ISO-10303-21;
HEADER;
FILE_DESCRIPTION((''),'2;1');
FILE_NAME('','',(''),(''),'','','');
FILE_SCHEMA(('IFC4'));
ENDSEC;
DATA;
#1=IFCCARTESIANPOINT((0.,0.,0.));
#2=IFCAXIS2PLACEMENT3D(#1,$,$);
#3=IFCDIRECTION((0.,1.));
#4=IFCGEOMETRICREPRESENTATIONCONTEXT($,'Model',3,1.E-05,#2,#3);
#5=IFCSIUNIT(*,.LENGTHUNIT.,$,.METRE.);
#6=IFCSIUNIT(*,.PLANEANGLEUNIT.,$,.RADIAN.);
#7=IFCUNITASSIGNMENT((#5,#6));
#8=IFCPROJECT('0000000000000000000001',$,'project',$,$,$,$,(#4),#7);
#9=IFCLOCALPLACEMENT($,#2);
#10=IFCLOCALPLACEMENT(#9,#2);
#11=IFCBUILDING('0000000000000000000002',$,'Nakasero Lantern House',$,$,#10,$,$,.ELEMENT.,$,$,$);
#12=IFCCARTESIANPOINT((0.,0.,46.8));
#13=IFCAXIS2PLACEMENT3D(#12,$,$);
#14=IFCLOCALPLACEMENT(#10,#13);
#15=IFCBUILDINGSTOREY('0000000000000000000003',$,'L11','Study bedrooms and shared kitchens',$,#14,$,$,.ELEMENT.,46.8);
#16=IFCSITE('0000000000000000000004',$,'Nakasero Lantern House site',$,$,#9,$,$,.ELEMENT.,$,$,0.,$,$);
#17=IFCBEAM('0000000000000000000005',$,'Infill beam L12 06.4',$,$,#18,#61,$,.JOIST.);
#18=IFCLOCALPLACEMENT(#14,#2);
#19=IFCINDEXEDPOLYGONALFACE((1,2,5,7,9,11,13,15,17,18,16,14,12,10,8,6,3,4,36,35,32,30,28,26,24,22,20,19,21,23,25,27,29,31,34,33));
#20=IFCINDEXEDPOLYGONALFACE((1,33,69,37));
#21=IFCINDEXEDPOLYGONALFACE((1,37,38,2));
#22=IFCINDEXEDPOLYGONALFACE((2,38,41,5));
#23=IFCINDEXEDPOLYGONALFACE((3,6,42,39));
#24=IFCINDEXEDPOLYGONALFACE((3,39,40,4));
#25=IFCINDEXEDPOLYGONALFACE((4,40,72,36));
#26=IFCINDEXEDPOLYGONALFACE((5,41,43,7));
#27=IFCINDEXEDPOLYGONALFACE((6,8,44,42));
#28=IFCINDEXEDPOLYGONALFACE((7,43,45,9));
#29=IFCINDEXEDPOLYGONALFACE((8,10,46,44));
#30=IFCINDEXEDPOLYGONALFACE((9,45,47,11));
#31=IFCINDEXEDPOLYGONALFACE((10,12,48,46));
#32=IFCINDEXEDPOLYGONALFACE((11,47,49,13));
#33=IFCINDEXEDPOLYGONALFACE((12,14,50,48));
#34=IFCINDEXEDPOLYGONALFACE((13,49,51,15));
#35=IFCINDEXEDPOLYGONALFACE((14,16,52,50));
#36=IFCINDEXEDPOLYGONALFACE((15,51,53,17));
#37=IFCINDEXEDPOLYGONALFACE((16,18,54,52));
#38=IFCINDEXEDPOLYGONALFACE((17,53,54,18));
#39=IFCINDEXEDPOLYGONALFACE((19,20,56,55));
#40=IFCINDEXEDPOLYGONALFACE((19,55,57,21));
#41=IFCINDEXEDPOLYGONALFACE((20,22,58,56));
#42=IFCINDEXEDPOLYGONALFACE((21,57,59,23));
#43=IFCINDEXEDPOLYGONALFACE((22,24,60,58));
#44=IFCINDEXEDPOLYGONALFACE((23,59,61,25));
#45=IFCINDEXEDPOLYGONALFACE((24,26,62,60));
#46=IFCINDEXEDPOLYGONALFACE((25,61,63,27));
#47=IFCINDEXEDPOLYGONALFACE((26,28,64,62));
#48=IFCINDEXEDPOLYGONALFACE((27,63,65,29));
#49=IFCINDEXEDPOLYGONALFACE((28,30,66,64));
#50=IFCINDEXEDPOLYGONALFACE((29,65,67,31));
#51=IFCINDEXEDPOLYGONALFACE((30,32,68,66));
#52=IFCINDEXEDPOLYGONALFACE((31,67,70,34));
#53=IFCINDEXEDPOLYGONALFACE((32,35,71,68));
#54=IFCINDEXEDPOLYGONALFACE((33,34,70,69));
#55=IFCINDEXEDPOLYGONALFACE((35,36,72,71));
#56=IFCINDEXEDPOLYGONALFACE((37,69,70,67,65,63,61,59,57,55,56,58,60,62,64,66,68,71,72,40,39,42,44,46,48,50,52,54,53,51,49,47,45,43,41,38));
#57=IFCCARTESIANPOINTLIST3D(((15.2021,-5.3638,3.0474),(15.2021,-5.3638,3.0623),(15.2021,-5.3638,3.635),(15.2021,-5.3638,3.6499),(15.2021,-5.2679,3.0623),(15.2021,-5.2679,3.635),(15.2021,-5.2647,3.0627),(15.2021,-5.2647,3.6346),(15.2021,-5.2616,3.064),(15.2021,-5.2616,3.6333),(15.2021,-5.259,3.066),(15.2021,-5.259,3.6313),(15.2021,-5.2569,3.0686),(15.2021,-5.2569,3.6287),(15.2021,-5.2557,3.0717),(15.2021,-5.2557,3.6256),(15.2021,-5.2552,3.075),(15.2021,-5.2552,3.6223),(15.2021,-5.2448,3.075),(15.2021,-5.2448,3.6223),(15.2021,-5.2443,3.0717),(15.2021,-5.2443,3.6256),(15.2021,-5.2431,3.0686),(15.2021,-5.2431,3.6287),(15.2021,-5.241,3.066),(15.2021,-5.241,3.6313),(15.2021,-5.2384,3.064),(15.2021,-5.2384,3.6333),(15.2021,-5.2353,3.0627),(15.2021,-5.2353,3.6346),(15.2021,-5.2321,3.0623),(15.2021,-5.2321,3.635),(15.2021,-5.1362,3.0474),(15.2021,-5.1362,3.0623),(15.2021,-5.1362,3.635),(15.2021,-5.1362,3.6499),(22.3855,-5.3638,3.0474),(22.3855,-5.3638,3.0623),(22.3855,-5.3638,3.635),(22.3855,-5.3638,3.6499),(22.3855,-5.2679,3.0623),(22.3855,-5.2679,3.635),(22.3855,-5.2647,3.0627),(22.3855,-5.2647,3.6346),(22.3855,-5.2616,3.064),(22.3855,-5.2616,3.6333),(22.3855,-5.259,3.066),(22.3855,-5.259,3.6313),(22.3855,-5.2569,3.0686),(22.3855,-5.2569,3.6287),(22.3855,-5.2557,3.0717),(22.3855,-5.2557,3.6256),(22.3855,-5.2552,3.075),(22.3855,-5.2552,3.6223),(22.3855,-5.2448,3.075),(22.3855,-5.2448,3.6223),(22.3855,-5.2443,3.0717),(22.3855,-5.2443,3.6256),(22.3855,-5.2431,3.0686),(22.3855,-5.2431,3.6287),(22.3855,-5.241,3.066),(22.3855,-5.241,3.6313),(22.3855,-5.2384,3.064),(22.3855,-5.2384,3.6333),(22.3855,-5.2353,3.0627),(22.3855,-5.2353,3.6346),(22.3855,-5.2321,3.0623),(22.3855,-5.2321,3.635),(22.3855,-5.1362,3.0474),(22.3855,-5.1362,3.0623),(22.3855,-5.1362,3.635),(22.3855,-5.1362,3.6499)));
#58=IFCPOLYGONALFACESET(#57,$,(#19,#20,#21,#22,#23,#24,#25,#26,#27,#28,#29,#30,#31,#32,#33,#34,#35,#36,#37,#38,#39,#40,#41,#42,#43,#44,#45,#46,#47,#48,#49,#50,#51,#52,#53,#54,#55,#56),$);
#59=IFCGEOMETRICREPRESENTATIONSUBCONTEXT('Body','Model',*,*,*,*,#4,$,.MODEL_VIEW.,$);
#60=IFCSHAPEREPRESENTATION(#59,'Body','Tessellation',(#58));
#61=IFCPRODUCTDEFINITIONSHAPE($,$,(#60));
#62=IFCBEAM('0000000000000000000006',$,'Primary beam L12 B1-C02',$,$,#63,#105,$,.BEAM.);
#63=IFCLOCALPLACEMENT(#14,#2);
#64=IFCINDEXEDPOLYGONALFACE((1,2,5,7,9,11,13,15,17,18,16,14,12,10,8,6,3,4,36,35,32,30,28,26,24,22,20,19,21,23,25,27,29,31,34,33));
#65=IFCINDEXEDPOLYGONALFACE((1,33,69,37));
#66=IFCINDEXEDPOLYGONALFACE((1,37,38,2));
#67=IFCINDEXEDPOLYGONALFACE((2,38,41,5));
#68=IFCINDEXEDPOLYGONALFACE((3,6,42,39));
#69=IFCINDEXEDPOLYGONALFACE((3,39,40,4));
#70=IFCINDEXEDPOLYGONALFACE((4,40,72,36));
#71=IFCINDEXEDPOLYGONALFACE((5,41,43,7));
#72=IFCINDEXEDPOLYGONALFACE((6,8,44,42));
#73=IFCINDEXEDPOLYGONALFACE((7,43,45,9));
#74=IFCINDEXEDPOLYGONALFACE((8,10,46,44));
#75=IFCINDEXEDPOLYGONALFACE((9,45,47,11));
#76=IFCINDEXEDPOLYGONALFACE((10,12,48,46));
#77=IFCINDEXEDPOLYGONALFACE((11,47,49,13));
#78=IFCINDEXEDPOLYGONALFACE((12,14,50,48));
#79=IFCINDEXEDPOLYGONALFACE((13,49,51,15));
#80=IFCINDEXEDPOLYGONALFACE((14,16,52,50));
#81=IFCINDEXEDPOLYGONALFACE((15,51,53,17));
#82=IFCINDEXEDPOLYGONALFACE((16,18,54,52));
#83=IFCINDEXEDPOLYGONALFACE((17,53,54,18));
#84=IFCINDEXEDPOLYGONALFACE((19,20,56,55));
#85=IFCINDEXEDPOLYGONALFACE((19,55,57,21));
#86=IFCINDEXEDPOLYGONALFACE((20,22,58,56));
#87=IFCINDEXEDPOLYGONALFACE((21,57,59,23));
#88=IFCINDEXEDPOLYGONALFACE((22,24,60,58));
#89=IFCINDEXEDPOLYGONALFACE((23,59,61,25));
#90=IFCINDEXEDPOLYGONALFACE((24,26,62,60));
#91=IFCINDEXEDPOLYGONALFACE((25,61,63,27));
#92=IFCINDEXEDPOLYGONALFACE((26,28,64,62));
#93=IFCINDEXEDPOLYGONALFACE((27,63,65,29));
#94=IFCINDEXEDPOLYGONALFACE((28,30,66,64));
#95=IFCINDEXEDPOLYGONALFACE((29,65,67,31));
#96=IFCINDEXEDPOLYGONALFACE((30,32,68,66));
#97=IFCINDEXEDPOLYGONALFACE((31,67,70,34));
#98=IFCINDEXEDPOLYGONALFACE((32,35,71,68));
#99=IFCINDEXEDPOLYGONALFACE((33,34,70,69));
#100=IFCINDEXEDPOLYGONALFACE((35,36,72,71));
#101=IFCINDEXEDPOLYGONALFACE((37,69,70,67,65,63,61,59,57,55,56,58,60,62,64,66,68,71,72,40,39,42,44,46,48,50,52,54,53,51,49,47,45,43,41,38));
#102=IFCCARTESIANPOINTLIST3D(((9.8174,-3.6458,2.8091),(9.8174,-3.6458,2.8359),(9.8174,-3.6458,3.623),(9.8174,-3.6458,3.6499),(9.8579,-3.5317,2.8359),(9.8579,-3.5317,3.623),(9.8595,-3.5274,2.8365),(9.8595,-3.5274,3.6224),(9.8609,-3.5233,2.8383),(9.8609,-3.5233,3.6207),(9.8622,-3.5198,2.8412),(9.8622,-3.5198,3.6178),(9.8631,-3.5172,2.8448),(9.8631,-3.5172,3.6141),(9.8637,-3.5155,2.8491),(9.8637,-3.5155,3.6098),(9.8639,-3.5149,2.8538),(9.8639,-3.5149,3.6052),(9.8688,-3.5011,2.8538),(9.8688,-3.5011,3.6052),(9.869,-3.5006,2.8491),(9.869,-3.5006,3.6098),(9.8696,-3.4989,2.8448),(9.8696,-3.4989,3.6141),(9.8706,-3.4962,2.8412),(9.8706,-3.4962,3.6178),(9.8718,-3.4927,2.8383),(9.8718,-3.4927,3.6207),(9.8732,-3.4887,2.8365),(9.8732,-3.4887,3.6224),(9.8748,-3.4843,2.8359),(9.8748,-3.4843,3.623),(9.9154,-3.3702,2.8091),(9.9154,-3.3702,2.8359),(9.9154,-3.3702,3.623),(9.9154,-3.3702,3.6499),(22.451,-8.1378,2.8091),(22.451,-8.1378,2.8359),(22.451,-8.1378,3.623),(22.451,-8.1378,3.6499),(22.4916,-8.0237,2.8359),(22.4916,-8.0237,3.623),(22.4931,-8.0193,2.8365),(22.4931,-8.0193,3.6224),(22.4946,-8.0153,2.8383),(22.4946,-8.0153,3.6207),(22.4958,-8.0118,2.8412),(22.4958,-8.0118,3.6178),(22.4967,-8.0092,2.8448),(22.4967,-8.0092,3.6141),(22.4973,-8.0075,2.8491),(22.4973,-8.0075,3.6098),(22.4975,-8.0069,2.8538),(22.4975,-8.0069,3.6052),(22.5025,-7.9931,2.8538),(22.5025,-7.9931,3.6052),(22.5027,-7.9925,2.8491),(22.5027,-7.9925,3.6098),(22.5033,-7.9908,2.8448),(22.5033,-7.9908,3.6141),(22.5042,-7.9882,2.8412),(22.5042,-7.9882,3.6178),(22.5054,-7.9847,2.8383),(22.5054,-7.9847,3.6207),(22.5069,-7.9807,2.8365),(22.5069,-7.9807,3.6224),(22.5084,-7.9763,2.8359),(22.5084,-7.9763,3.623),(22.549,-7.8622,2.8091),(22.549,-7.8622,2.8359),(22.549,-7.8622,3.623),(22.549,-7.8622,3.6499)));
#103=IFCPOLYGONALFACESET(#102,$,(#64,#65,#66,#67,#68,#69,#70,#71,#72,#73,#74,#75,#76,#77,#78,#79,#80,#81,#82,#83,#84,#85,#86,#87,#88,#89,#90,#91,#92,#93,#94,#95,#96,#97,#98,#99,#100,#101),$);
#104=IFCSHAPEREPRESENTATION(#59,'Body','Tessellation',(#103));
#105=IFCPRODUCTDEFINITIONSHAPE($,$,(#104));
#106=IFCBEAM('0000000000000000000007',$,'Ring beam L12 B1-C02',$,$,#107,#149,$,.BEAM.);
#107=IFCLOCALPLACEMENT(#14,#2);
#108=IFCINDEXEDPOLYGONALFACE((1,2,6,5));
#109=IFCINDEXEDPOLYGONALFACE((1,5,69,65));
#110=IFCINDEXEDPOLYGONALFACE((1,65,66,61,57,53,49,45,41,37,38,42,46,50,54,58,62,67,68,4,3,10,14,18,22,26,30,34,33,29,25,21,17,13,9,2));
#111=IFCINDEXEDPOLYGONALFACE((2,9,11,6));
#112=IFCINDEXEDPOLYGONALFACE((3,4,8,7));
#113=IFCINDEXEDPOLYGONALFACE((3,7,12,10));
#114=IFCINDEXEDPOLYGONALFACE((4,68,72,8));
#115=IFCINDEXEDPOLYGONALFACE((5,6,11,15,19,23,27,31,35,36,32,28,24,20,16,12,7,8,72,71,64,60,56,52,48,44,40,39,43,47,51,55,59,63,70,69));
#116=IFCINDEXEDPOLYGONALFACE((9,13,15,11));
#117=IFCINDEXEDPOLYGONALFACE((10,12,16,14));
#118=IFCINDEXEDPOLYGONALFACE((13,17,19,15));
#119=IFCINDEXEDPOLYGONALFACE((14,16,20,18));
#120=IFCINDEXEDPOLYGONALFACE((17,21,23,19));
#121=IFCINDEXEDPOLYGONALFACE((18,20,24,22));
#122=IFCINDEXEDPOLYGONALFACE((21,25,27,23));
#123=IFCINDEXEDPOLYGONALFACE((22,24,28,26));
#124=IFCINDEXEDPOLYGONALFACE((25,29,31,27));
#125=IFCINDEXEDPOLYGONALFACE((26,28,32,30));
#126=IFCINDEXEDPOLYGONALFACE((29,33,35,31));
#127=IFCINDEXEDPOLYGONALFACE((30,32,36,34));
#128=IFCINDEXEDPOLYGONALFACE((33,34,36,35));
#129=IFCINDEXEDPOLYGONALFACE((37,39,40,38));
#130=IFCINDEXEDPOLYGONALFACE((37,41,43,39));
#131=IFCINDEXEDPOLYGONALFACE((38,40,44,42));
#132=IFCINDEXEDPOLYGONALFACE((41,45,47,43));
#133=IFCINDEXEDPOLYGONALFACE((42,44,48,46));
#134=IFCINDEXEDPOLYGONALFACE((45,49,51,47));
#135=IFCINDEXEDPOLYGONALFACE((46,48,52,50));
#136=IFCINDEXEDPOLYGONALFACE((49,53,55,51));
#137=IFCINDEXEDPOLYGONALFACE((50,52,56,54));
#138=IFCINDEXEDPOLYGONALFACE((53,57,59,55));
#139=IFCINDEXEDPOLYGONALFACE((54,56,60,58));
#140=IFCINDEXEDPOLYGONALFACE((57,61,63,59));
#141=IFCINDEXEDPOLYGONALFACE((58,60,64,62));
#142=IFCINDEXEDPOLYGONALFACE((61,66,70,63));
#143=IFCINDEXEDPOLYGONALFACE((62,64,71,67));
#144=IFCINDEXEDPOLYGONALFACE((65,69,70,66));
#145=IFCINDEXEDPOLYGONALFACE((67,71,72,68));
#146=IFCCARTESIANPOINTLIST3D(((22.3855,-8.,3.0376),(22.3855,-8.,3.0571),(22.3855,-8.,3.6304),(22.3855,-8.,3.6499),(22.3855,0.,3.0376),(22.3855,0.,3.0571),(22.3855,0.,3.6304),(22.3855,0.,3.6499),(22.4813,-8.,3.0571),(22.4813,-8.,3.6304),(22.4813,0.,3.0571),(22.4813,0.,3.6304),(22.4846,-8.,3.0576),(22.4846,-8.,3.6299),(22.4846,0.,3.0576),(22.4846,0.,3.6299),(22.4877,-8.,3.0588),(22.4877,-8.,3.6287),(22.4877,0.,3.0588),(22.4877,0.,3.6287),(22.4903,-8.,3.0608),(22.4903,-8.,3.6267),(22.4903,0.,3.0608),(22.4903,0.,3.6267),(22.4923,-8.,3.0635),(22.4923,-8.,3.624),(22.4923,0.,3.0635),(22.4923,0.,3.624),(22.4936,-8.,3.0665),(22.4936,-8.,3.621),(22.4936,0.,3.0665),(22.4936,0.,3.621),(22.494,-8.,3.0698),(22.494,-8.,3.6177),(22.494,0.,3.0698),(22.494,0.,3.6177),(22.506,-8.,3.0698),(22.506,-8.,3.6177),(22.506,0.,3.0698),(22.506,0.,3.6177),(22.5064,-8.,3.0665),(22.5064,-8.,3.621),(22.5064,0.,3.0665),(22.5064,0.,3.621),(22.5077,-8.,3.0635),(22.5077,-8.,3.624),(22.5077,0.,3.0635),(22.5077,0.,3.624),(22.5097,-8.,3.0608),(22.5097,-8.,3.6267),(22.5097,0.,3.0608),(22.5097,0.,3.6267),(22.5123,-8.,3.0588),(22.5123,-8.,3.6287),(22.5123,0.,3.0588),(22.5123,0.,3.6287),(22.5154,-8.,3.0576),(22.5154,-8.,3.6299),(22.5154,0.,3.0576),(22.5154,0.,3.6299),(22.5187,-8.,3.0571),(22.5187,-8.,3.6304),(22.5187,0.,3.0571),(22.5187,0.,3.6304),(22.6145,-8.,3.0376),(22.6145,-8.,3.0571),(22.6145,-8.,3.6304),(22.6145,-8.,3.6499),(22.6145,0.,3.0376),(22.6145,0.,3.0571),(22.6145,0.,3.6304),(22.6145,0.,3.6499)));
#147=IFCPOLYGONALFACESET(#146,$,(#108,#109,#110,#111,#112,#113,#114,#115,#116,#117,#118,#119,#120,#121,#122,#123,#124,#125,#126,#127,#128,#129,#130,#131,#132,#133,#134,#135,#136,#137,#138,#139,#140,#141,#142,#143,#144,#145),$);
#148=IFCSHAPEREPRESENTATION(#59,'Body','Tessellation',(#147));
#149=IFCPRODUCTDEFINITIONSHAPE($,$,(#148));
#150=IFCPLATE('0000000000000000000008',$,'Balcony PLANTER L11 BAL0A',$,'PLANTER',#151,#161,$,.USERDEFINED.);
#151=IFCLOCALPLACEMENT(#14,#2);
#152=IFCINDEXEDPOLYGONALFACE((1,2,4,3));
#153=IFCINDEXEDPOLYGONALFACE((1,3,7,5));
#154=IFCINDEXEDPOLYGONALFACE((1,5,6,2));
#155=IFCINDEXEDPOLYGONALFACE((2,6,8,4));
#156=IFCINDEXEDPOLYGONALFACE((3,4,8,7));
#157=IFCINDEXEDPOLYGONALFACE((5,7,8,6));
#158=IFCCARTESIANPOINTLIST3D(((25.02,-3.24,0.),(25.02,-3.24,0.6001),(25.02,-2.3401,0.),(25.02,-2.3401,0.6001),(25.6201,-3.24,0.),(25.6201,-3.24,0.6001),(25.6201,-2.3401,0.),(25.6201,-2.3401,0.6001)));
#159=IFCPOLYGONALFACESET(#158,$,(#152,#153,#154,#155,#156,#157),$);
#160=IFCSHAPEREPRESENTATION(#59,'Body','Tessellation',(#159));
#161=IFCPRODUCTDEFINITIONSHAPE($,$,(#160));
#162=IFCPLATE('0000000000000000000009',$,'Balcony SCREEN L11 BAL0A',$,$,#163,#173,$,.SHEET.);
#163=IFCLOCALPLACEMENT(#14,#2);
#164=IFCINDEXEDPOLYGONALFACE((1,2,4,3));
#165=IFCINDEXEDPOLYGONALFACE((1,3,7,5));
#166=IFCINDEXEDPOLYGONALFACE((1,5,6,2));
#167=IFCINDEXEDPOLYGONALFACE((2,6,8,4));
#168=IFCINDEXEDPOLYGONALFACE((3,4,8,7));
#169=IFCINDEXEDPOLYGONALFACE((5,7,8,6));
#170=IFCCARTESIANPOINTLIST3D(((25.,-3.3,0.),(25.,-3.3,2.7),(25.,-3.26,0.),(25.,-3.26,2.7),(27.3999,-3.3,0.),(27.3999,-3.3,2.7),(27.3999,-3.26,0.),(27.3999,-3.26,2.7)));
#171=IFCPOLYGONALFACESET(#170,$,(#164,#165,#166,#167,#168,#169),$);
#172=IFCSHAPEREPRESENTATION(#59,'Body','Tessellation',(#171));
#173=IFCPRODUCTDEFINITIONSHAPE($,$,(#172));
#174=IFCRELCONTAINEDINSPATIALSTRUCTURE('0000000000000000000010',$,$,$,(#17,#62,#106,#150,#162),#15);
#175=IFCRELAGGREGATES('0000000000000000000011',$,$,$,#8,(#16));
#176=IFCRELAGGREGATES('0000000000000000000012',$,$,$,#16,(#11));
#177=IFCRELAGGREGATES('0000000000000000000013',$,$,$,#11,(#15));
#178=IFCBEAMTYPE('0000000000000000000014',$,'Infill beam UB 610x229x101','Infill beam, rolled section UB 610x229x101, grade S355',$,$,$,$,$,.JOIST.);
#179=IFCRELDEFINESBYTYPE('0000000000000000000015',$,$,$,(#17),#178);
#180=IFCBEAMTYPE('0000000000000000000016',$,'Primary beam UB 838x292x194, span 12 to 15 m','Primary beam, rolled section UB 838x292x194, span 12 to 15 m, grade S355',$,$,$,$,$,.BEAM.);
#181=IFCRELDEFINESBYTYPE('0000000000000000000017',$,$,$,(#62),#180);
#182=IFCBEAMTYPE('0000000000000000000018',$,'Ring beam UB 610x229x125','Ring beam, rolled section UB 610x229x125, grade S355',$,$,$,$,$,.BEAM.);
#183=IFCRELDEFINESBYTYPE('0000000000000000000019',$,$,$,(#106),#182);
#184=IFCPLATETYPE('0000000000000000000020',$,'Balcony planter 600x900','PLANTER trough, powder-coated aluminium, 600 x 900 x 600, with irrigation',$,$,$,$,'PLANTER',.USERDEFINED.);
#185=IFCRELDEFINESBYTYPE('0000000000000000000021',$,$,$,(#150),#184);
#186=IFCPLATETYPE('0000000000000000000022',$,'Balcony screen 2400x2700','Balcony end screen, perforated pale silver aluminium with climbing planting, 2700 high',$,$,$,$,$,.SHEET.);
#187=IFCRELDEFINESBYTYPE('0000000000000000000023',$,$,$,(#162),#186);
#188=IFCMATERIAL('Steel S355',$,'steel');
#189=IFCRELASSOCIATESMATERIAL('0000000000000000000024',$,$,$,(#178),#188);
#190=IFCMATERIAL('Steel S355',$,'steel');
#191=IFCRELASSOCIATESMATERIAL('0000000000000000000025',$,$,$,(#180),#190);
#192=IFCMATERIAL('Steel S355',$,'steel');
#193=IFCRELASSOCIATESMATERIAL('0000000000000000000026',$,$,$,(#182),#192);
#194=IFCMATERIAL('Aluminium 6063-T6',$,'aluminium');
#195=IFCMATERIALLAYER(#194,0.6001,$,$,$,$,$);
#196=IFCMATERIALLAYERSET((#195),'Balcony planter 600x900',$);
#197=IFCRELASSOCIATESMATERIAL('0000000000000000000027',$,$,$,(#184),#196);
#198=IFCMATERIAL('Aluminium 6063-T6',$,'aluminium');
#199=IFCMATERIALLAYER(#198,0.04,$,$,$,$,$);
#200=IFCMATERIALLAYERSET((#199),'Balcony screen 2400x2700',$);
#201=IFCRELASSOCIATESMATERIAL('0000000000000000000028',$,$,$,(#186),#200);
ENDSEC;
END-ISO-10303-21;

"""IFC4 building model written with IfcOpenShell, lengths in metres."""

from ifc_helpers import new_model, si_unit, direction, frame, origin, origin_2d, place, context, subcontext, project, spatial, rectangle, i_section, extrude, material, layer, layer_set, material_profile, profile_set, type_object, element, save


model = new_model("IFC4")

# Units and contexts
model_context = context("Model", 3, precision=1e-05, world=origin(), true_north=direction((0.0, 1.0)))
body_context = subcontext(model_context, "Body", "Model", "MODEL_VIEW")
ifc_project = project(units=[si_unit("LENGTHUNIT", "METRE"), si_unit("PLANEANGLEUNIT", "RADIAN")], contexts=[model_context])

# Site, building, storey
site_placement = place(None, origin())
site = spatial("IfcSite", under=ifc_project, at=site_placement, Name="Nakasero Lantern House site", CompositionType="ELEMENT", RefElevation=0.0)
building_placement = place(site_placement, origin())
building = spatial("IfcBuilding", under=site, at=building_placement, Name="Nakasero Lantern House", CompositionType="ELEMENT")
storey_placement = place(building_placement, frame((0.0, 0.0, 46.8)))
storey = spatial("IfcBuildingStorey", under=building, at=storey_placement, Name="L11", Description="Study bedrooms and shared kitchens", CompositionType="ELEMENT", Elevation=46.8)

# Beams
ifc_material_1 = material(Name="Steel S355", Category="steel")
ifc_material_profile_1 = material_profile(ifc_material_1, i_section(OverallWidth=0.2275, OverallDepth=0.6025, WebThickness=0.0105, FlangeThickness=0.0149, FilletRadius=0.0127, at=origin_2d()), Name="UB 610x229x101")
ifc_profile_set_1 = profile_set([ifc_material_profile_1], Name="Steel S355")
beam_type_1 = type_object("IfcBeamType", Name="Infill beam UB 610x229x101", Description="Infill beam, rolled section UB 610x229x101, grade S355", PredefinedType="JOIST", material=ifc_profile_set_1)
beam_1_placement = place(storey_placement, frame((15.2021, -5.25, 3.3486), z_axis=(1.0, 0.0, 0.0), x_axis=(0.0, 1.0, 0.0)))
element("IfcBeam", 1, at=beam_1_placement, inside=storey, type_object=beam_type_1, Name="Infill beam L12 06.4", PredefinedType="JOIST", context=body_context, shape_type="SweptSolid", body=[
    extrude(i_section(OverallWidth=0.2275, OverallDepth=0.6025, WebThickness=0.0105, FlangeThickness=0.0149, FilletRadius=0.0127, at=origin_2d()), origin(), (0.0, 0.0, 1.0), 7.1833),
])
ifc_material_2 = material(Name="Steel S355", Category="steel")
ifc_material_profile_2 = material_profile(ifc_material_2, i_section(OverallWidth=0.2925, OverallDepth=0.8408, WebThickness=0.0146, FlangeThickness=0.0269, FilletRadius=0.0178, at=origin_2d()), Name="UB 838x292x194")
ifc_profile_set_2 = profile_set([ifc_material_profile_2], Name="Steel S355")
beam_type_2 = type_object("IfcBeamType", Name="Primary beam UB 838x292x194, span 12 to 15 m", Description="Primary beam, rolled section UB 838x292x194, span 12 to 15 m, grade S355", PredefinedType="BEAM", material=ifc_profile_set_2)
beam_2_placement = place(storey_placement, frame((22.5, -8.0, 3.2295), z_axis=(-0.942214, 0.335011, 0.0), x_axis=(-0.335011, -0.942214, 0.0)))
element("IfcBeam", 2, at=beam_2_placement, inside=storey, type_object=beam_type_2, Name="Primary beam L12 B1-C02", PredefinedType="BEAM", context=body_context, shape_type="SweptSolid", body=[
    extrude(i_section(OverallWidth=0.2925, OverallDepth=0.8408, WebThickness=0.0146, FlangeThickness=0.0269, FilletRadius=0.0178, at=origin_2d()), origin(), (0.0, 0.0, 1.0), 13.4084),
])
ifc_material_3 = material(Name="Steel S355", Category="steel")
ifc_material_profile_3 = material_profile(ifc_material_3, i_section(OverallWidth=0.229, OverallDepth=0.6123, WebThickness=0.012, FlangeThickness=0.0195, FilletRadius=0.0127, at=origin_2d()), Name="UB 610x229x125")
ifc_profile_set_3 = profile_set([ifc_material_profile_3], Name="Steel S355")
beam_type_3 = type_object("IfcBeamType", Name="Ring beam UB 610x229x125", Description="Ring beam, rolled section UB 610x229x125, grade S355", PredefinedType="BEAM", material=ifc_profile_set_3)
beam_3_placement = place(storey_placement, frame((22.5, -8.0, 3.3438), z_axis=(0.0, 1.0, 0.0), x_axis=(-1.0, 0.0, 0.0)))
element("IfcBeam", 3, at=beam_3_placement, inside=storey, type_object=beam_type_3, Name="Ring beam L12 B1-C02", PredefinedType="BEAM", context=body_context, shape_type="SweptSolid", body=[
    extrude(i_section(OverallWidth=0.229, OverallDepth=0.6123, WebThickness=0.012, FlangeThickness=0.0195, FilletRadius=0.0127, at=origin_2d()), origin(), (0.0, 0.0, 1.0), 8.0),
])

# Plates
ifc_material_4 = material(Name="Aluminium 6063-T6", Category="aluminium")
ifc_layer_1 = layer(ifc_material_4, 0.6001)
ifc_layer_set_1 = layer_set([ifc_layer_1], Name="Balcony planter 600x900")
plate_type_1 = type_object("IfcPlateType", Name="Balcony planter 600x900", Description="PLANTER trough, powder-coated aluminium, 600 x 900 x 600, with irrigation", ElementType="PLANTER", PredefinedType="USERDEFINED", material=ifc_layer_set_1)
plate_1_placement = place(storey_placement, frame((25.3201, -2.79, 0.0), z_axis=(0.0, 0.0, 1.0), x_axis=(1.0, 0.0, 0.0)))
element("IfcPlate", 4, at=plate_1_placement, inside=storey, type_object=plate_type_1, Name="Balcony PLANTER L11 BAL0A", ObjectType="PLANTER", PredefinedType="USERDEFINED", context=body_context, shape_type="SweptSolid", body=[
    extrude(rectangle(XDim=0.6001, YDim=0.8999, at=origin_2d()), origin(), (0.0, 0.0, 1.0), 0.6001),
])
ifc_material_5 = material(Name="Aluminium 6063-T6", Category="aluminium")
ifc_layer_2 = layer(ifc_material_5, 0.04)
ifc_layer_set_2 = layer_set([ifc_layer_2], Name="Balcony screen 2400x2700")
plate_type_2 = type_object("IfcPlateType", Name="Balcony screen 2400x2700", Description="Balcony end screen, perforated pale silver aluminium with climbing planting, 2700 high", PredefinedType="SHEET", material=ifc_layer_set_2)
plate_2_placement = place(storey_placement, frame((26.2, -3.28, 0.0), z_axis=(0.0, 0.0, 1.0), x_axis=(1.0, 0.0, 0.0)))
element("IfcPlate", 5, at=plate_2_placement, inside=storey, type_object=plate_type_2, Name="Balcony SCREEN L11 BAL0A", PredefinedType="SHEET", context=body_context, shape_type="SweptSolid", body=[
    extrude(rectangle(XDim=2.3999, YDim=0.04, at=origin_2d()), origin(), (0.0, 0.0, 1.0), 2.7),
])

save(model, "model.ifc")
